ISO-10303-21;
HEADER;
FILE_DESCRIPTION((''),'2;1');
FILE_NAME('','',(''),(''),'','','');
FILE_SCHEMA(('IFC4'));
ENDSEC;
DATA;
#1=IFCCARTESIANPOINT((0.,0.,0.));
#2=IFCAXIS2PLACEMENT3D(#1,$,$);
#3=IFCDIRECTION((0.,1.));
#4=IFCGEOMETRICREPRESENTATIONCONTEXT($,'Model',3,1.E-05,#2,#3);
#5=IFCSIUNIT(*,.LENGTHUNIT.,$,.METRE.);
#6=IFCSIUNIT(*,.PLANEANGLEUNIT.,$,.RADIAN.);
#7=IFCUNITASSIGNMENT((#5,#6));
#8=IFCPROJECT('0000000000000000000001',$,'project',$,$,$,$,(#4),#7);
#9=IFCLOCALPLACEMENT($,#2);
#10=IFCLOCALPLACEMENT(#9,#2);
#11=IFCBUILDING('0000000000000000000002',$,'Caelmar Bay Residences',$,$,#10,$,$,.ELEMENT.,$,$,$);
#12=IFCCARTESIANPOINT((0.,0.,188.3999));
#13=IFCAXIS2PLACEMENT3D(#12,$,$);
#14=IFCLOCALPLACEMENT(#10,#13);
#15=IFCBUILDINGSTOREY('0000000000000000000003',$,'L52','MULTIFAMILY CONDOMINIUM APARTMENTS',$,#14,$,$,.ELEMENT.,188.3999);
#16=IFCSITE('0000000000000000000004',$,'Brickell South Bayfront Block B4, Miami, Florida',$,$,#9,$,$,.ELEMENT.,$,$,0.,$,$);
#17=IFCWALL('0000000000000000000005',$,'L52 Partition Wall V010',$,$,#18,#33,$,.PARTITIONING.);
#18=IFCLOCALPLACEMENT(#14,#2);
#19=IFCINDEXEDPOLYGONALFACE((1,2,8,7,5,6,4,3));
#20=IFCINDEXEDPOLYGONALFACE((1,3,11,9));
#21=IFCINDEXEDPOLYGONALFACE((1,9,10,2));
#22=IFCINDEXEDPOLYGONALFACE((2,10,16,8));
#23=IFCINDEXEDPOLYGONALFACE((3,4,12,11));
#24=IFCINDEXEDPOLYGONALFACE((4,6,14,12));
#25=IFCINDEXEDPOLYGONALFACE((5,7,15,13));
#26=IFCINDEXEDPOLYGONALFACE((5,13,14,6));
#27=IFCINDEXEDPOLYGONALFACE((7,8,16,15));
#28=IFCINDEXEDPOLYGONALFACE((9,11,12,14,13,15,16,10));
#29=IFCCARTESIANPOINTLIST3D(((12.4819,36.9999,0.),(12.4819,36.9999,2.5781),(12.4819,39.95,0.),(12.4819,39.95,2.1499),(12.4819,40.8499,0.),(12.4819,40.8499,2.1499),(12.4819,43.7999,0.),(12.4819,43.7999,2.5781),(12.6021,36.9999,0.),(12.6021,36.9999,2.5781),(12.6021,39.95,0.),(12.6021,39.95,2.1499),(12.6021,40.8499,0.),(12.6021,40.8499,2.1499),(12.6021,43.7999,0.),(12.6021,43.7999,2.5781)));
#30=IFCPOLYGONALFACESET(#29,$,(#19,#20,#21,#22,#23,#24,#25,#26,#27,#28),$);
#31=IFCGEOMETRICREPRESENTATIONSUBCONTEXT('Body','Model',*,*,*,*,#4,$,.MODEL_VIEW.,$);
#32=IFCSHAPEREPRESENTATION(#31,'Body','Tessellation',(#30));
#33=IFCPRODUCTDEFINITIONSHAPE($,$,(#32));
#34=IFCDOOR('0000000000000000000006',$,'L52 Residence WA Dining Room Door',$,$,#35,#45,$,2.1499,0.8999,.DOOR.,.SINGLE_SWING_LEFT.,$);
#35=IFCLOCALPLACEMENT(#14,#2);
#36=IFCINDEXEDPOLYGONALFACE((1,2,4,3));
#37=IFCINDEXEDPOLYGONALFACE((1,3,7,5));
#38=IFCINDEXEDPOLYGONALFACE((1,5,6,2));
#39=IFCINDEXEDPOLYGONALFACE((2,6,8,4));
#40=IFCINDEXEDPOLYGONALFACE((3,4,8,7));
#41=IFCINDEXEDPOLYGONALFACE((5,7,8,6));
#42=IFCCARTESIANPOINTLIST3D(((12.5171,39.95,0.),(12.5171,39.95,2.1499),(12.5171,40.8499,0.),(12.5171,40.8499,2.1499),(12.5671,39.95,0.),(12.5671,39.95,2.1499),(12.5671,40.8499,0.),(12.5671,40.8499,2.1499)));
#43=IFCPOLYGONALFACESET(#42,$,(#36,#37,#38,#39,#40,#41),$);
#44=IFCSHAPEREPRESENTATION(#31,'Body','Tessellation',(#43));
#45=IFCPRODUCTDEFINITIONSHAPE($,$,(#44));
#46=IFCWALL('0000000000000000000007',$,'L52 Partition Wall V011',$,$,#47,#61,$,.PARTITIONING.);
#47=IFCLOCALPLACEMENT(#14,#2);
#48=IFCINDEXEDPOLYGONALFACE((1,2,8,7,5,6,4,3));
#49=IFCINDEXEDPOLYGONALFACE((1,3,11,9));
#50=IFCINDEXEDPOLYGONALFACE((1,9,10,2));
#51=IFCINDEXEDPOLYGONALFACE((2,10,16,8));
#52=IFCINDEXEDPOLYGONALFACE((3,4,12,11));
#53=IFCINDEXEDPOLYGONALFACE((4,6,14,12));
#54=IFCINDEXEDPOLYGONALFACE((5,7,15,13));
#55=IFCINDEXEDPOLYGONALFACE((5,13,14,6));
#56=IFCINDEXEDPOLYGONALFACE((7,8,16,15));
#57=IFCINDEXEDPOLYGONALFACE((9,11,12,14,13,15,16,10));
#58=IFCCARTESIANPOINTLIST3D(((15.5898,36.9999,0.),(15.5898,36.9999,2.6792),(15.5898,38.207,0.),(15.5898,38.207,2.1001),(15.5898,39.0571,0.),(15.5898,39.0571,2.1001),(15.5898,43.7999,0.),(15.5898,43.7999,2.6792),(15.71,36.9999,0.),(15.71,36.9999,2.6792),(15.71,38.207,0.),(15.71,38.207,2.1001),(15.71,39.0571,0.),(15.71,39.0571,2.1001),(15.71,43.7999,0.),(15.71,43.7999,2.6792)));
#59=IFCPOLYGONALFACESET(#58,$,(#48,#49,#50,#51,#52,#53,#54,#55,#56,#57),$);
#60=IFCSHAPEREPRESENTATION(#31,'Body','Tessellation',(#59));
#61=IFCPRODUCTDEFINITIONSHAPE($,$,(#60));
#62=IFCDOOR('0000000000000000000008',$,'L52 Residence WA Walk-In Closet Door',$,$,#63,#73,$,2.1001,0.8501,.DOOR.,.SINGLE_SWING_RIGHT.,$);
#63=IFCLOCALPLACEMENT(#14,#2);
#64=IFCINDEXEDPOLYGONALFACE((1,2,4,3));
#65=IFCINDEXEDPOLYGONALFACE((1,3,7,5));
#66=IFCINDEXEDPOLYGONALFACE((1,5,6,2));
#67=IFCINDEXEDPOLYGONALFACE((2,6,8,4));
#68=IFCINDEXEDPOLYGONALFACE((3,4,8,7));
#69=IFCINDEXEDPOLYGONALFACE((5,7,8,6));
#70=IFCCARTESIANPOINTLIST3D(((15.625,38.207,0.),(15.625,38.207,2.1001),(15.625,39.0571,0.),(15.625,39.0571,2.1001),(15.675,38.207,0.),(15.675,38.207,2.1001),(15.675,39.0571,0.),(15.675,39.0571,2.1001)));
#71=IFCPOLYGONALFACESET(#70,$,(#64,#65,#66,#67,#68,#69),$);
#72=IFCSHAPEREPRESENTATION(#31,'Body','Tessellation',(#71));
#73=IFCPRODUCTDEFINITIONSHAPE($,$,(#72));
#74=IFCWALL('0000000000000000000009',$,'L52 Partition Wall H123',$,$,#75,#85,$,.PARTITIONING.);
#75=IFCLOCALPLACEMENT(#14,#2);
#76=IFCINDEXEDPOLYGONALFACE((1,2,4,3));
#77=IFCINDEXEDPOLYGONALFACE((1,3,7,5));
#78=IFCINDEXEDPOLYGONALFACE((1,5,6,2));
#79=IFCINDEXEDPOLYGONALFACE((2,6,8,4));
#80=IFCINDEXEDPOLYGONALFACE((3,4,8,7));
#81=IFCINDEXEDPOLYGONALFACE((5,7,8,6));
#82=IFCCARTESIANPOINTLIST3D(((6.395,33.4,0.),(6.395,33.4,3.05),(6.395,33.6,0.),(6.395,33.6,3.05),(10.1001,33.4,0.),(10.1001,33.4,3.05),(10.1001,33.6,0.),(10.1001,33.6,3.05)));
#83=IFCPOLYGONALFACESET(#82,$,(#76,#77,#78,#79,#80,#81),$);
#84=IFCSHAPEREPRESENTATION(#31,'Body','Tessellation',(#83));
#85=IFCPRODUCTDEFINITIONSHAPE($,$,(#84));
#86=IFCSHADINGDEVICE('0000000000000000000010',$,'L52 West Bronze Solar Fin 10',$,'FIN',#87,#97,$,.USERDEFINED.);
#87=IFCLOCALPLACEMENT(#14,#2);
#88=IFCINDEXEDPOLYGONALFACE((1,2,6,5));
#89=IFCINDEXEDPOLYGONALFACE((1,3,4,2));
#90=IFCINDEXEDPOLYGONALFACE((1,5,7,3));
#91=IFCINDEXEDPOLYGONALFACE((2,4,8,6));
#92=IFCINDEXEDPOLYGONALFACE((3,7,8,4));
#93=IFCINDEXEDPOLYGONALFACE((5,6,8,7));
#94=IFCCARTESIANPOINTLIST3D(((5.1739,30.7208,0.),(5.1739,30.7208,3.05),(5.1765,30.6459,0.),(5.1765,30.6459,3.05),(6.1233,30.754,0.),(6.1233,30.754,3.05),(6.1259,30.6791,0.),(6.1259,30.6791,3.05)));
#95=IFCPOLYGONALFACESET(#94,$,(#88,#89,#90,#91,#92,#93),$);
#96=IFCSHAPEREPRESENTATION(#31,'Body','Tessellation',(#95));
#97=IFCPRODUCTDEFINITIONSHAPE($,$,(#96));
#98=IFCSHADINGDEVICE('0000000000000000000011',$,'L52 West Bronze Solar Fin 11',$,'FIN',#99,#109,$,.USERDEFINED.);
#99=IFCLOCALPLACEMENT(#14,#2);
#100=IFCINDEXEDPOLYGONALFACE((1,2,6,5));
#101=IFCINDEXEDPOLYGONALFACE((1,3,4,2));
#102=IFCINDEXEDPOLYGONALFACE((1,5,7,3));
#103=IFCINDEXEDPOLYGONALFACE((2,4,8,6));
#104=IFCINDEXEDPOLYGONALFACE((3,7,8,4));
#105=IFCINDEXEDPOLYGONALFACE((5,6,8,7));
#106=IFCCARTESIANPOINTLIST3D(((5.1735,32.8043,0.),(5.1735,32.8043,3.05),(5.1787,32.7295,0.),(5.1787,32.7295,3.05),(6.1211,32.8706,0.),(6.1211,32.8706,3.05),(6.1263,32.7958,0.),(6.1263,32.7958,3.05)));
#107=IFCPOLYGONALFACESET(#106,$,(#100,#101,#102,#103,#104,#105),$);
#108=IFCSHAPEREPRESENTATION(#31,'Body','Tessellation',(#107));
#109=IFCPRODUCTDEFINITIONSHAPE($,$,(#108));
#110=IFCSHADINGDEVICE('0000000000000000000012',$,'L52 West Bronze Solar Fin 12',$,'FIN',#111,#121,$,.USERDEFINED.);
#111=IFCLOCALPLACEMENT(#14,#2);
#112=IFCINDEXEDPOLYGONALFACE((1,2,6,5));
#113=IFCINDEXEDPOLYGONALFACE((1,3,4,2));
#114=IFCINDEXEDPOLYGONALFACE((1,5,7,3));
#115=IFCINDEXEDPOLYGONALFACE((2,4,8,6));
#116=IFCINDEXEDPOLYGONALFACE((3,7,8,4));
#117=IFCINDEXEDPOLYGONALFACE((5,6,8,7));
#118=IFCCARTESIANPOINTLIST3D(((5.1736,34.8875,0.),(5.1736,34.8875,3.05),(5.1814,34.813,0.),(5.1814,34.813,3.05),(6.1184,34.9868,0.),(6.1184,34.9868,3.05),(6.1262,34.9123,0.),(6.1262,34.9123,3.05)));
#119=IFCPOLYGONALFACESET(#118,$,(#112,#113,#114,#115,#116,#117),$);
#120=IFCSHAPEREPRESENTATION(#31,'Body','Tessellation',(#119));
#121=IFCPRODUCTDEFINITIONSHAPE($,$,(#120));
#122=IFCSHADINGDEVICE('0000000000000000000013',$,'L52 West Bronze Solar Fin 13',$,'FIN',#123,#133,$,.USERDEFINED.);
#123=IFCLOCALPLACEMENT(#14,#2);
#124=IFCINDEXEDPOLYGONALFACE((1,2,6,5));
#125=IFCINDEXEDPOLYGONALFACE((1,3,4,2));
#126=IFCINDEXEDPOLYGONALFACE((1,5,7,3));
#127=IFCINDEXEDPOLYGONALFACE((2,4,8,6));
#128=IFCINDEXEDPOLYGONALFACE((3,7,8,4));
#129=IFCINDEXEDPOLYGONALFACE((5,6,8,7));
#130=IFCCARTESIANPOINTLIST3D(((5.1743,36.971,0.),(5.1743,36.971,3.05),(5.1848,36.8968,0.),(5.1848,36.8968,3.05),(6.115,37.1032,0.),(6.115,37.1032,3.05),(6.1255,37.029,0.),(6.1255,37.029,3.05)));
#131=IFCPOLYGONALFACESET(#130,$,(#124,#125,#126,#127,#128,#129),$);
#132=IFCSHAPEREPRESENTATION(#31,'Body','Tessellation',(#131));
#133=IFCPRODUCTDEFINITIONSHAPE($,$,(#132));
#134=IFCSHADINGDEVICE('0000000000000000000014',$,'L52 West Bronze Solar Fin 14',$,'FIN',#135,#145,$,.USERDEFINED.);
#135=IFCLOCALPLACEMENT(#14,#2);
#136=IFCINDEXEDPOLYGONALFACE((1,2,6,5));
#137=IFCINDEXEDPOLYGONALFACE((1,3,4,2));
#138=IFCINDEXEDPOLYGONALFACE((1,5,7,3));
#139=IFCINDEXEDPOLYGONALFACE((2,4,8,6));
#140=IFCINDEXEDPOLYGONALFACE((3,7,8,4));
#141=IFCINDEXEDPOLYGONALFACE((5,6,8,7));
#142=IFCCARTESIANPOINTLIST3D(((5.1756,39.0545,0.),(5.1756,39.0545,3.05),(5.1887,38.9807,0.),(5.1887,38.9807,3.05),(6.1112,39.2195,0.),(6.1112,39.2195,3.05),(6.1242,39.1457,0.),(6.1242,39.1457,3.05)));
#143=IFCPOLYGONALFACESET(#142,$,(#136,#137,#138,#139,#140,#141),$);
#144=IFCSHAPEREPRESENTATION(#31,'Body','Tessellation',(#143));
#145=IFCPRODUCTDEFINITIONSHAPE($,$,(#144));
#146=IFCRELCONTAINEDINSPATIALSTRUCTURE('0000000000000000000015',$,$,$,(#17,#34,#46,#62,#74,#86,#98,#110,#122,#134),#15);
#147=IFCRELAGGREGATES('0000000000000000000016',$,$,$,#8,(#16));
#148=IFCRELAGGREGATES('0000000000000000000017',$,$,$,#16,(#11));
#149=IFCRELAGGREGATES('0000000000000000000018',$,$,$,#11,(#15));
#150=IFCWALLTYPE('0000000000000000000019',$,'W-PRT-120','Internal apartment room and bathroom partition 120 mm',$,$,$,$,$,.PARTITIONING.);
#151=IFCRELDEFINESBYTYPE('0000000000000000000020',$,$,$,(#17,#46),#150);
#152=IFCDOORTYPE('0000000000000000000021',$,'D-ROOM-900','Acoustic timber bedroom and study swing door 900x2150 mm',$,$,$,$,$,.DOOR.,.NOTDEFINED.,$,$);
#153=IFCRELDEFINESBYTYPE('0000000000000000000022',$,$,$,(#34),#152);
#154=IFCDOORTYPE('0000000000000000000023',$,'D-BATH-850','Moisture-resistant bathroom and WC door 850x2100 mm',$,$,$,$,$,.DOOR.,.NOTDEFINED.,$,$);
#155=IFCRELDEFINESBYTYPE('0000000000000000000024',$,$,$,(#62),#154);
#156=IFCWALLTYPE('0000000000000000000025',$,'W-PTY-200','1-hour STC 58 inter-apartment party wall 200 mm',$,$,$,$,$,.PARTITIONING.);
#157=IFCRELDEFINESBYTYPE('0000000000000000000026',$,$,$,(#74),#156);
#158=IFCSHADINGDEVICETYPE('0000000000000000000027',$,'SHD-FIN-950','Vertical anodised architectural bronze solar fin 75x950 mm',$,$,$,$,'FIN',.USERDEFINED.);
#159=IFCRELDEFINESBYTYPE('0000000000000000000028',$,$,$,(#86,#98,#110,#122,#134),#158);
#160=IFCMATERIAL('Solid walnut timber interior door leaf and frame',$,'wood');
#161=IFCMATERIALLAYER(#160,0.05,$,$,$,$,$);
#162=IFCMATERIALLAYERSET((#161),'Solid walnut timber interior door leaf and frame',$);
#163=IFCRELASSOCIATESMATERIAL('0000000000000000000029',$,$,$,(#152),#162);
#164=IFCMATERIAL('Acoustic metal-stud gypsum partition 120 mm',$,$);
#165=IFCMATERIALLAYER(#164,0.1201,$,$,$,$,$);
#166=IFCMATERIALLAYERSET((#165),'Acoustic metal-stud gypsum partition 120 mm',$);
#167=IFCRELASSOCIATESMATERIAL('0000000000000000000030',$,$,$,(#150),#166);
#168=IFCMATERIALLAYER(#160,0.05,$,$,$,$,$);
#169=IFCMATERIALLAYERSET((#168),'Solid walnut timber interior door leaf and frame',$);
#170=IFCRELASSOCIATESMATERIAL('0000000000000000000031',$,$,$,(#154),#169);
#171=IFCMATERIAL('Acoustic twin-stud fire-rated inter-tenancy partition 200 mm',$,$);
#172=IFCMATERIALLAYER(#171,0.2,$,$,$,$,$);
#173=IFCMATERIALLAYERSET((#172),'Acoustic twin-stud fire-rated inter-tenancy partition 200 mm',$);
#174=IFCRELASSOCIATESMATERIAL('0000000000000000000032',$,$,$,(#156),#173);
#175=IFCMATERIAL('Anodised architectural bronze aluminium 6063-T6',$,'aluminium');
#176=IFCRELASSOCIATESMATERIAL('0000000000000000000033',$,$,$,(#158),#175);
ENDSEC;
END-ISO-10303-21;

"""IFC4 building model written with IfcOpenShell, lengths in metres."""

from ifc_helpers import new_model, si_unit, direction, frame, frame_2d, origin, origin_2d, place, context, subcontext, project, spatial, rectangle, extrude, material, layer, layer_set, material_profile, profile_set, type_object, element, fill, save


model = new_model("IFC4")

# Units and contexts
model_context = context("Model", 3, precision=1e-05, world=origin(), true_north=direction((0.0, 1.0)))
body_context = subcontext(model_context, "Body", "Model", "MODEL_VIEW")
ifc_project = project(units=[si_unit("LENGTHUNIT", "METRE"), si_unit("PLANEANGLEUNIT", "RADIAN")], contexts=[model_context])

# Site, building, storey
site_placement = place(None, origin())
site = spatial("IfcSite", under=ifc_project, at=site_placement, Name="Brickell South Bayfront Block B4, Miami, Florida", CompositionType="ELEMENT", RefElevation=0.0)
building_placement = place(site_placement, origin())
building = spatial("IfcBuilding", under=site, at=building_placement, Name="Caelmar Bay Residences", CompositionType="ELEMENT")
storey_placement = place(building_placement, frame((0.0, 0.0, 188.3999)))
storey = spatial("IfcBuildingStorey", under=building, at=storey_placement, Name="L52", Description="MULTIFAMILY CONDOMINIUM APARTMENTS", CompositionType="ELEMENT", Elevation=188.3999)

# Walls, openings, doors
ifc_material_1 = material(Name="Solid walnut timber interior door leaf and frame", Category="wood")
ifc_layer_1 = layer(ifc_material_1, 0.05)
ifc_layer_set_1 = layer_set([ifc_layer_1], Name="Solid walnut timber interior door leaf and frame")
door_type_1 = type_object("IfcDoorType", Name="D-ROOM-900", Description="Acoustic timber bedroom and study swing door 900x2150 mm", OperationType="NOTDEFINED", PredefinedType="DOOR", material=ifc_layer_set_1)
ifc_material_2 = material(Name="Acoustic metal-stud gypsum partition 120 mm")
ifc_layer_2 = layer(ifc_material_2, 0.1201)
ifc_layer_set_2 = layer_set([ifc_layer_2], Name="Acoustic metal-stud gypsum partition 120 mm")
wall_type_1 = type_object("IfcWallType", Name="W-PRT-120", Description="Internal apartment room and bathroom partition 120 mm", PredefinedType="PARTITIONING", material=ifc_layer_set_2)
wall_1_placement = place(storey_placement, frame((12.542, 37.0, 0.0), z_axis=(0.0, 0.0, 1.0), x_axis=(0.0, 1.0, 0.0)))
wall_1 = element("IfcWall", 1, at=wall_1_placement, inside=storey, type_object=wall_type_1, Name="L52 Partition Wall V010", PredefinedType="PARTITIONING", context=body_context, shape_type="SweptSolid", body=[
    extrude(rectangle(XDim=6.8, YDim=0.1201, at=frame_2d((3.3999, 0.0))), origin(), (0.0, 0.0, 1.0), 2.5781),
])
opening_1_placement = place(wall_1_placement, frame((2.95, 0.0, 0.0)))
opening_1 = element("IfcOpeningElement", 2, at=opening_1_placement, cuts=wall_1, PredefinedType="OPENING", context=body_context, shape_type="SweptSolid", body=[
    extrude(rectangle(XDim=0.8999, YDim=2.1499, at=frame_2d((0.45, 1.075))), frame((0.0, 0.0701, 0.0), z_axis=(0.0, -1.0, 0.0), x_axis=(1.0, 0.0, 0.0)), (0.0, 0.0, 1.0), 0.1401),
])
door_1_placement = place(opening_1_placement, origin())
door_1 = element("IfcDoor", 3, at=door_1_placement, inside=storey, type_object=door_type_1, Name="L52 Residence WA Dining Room Door", OperationType="SINGLE_SWING_LEFT", OverallHeight=2.1499, OverallWidth=0.8999, PredefinedType="DOOR", context=body_context, shape_type="SweptSolid", body=[
    extrude(rectangle(XDim=0.8999, YDim=2.1499, at=frame_2d((0.45, 1.075))), frame((0.0, 0.0249, 0.0), z_axis=(0.0, -1.0, 0.0), x_axis=(1.0, 0.0, 0.0)), (0.0, 0.0, 1.0), 0.05),
])
fill(opening_1, door_1)
wall_2_placement = place(storey_placement, frame((15.6499, 37.0, 0.0), z_axis=(0.0, 0.0, 1.0), x_axis=(0.0, 1.0, 0.0)))
wall_2 = element("IfcWall", 4, at=wall_2_placement, inside=storey, type_object=wall_type_1, Name="L52 Partition Wall V011", PredefinedType="PARTITIONING", context=body_context, shape_type="SweptSolid", body=[
    extrude(rectangle(XDim=6.8, YDim=0.1201, at=frame_2d((3.3999, 0.0))), origin(), (0.0, 0.0, 1.0), 2.6792),
])
opening_2_placement = place(wall_2_placement, frame((1.207, 0.0, 0.0)))
opening_2 = element("IfcOpeningElement", 5, at=opening_2_placement, cuts=wall_2, PredefinedType="OPENING", context=body_context, shape_type="SweptSolid", body=[
    extrude(rectangle(XDim=0.8501, YDim=2.1001, at=frame_2d((0.425, 1.05))), frame((0.0, 0.0701, 0.0), z_axis=(0.0, -1.0, 0.0), x_axis=(1.0, 0.0, 0.0)), (0.0, 0.0, 1.0), 0.1401),
])
ifc_layer_3 = layer(ifc_material_1, 0.05)
ifc_layer_set_3 = layer_set([ifc_layer_3], Name="Solid walnut timber interior door leaf and frame")
door_type_2 = type_object("IfcDoorType", Name="D-BATH-850", Description="Moisture-resistant bathroom and WC door 850x2100 mm", OperationType="NOTDEFINED", PredefinedType="DOOR", material=ifc_layer_set_3)
door_2_placement = place(opening_2_placement, origin())
door_2 = element("IfcDoor", 6, at=door_2_placement, inside=storey, type_object=door_type_2, Name="L52 Residence WA Walk-In Closet Door", OperationType="SINGLE_SWING_RIGHT", OverallHeight=2.1001, OverallWidth=0.8501, PredefinedType="DOOR", context=body_context, shape_type="SweptSolid", body=[
    extrude(rectangle(XDim=0.8501, YDim=2.1001, at=frame_2d((0.425, 1.05))), frame((0.0, 0.0249, 0.0), z_axis=(0.0, -1.0, 0.0), x_axis=(1.0, 0.0, 0.0)), (0.0, 0.0, 1.0), 0.05),
])
fill(opening_2, door_2)

# Wall
ifc_material_3 = material(Name="Acoustic twin-stud fire-rated inter-tenancy partition 200 mm")
ifc_layer_4 = layer(ifc_material_3, 0.2)
ifc_layer_set_4 = layer_set([ifc_layer_4], Name="Acoustic twin-stud fire-rated inter-tenancy partition 200 mm")
wall_type_2 = type_object("IfcWallType", Name="W-PTY-200", Description="1-hour STC 58 inter-apartment party wall 200 mm", PredefinedType="PARTITIONING", material=ifc_layer_set_4)
wall_3_placement = place(storey_placement, frame((6.395, 33.5, 0.0), z_axis=(0.0, 0.0, 1.0), x_axis=(1.0, 0.0, 0.0)))
element("IfcWall", 7, at=wall_3_placement, inside=storey, type_object=wall_type_2, Name="L52 Partition Wall H123", PredefinedType="PARTITIONING", context=body_context, shape_type="SweptSolid", body=[
    extrude(rectangle(XDim=3.7051, YDim=0.2, at=frame_2d((1.8525, 0.0))), origin(), (0.0, 0.0, 1.0), 3.05),
])

# Shading devices
ifc_material_4 = material(Name="Anodised architectural bronze aluminium 6063-T6", Category="aluminium")
ifc_material_profile_1 = material_profile(ifc_material_4, rectangle(XDim=0.075, YDim=0.95, at=origin_2d()), Name="BRONZE-FIN-75X950")
ifc_profile_set_1 = profile_set([ifc_material_profile_1], Name="Anodised architectural bronze aluminium 6063-T6")
shading_device_type = type_object("IfcShadingDeviceType", Name="SHD-FIN-950", Description="Vertical anodised architectural bronze solar fin 75x950 mm", ElementType="FIN", PredefinedType="USERDEFINED", material=ifc_profile_set_1)
for number, where, z_axis, x_axis, name in (
    (8, (5.6499, 30.7, 0.0), (0.0, 0.0, 1.0), (-0.034899, 0.999391, 0.0), "L52 West Bronze Solar Fin 10"),
    (9, (5.6499, 32.8, 0.0), (0.0, 0.0, 1.0), (-0.069756, 0.997564, 0.0), "L52 West Bronze Solar Fin 11"),
    (10, (5.6499, 34.8999, 0.0), (0.0, 0.0, 1.0), (-0.104528, 0.994522, 0.0), "L52 West Bronze Solar Fin 12"),
    (11, (5.6499, 37.0, 0.0), (0.0, 0.0, 1.0), (-0.139173, 0.990268, 0.0), "L52 West Bronze Solar Fin 13"),
    (12, (5.6499, 39.1001, 0.0), (0.0, 0.0, 1.0), (-0.173648, 0.984808, 0.0), "L52 West Bronze Solar Fin 14"),
):
    element("IfcShadingDevice", number, at=place(storey_placement, frame(where, z_axis=z_axis, x_axis=x_axis)), inside=storey, type_object=shading_device_type, Name=name, ObjectType="FIN", PredefinedType="USERDEFINED", context=body_context, shape_type="SweptSolid", body=[
        extrude(rectangle(XDim=0.075, YDim=0.95, at=origin_2d()), origin(), (0.0, 0.0, 1.0), 3.05),
    ])

save(model, "model.ifc")
